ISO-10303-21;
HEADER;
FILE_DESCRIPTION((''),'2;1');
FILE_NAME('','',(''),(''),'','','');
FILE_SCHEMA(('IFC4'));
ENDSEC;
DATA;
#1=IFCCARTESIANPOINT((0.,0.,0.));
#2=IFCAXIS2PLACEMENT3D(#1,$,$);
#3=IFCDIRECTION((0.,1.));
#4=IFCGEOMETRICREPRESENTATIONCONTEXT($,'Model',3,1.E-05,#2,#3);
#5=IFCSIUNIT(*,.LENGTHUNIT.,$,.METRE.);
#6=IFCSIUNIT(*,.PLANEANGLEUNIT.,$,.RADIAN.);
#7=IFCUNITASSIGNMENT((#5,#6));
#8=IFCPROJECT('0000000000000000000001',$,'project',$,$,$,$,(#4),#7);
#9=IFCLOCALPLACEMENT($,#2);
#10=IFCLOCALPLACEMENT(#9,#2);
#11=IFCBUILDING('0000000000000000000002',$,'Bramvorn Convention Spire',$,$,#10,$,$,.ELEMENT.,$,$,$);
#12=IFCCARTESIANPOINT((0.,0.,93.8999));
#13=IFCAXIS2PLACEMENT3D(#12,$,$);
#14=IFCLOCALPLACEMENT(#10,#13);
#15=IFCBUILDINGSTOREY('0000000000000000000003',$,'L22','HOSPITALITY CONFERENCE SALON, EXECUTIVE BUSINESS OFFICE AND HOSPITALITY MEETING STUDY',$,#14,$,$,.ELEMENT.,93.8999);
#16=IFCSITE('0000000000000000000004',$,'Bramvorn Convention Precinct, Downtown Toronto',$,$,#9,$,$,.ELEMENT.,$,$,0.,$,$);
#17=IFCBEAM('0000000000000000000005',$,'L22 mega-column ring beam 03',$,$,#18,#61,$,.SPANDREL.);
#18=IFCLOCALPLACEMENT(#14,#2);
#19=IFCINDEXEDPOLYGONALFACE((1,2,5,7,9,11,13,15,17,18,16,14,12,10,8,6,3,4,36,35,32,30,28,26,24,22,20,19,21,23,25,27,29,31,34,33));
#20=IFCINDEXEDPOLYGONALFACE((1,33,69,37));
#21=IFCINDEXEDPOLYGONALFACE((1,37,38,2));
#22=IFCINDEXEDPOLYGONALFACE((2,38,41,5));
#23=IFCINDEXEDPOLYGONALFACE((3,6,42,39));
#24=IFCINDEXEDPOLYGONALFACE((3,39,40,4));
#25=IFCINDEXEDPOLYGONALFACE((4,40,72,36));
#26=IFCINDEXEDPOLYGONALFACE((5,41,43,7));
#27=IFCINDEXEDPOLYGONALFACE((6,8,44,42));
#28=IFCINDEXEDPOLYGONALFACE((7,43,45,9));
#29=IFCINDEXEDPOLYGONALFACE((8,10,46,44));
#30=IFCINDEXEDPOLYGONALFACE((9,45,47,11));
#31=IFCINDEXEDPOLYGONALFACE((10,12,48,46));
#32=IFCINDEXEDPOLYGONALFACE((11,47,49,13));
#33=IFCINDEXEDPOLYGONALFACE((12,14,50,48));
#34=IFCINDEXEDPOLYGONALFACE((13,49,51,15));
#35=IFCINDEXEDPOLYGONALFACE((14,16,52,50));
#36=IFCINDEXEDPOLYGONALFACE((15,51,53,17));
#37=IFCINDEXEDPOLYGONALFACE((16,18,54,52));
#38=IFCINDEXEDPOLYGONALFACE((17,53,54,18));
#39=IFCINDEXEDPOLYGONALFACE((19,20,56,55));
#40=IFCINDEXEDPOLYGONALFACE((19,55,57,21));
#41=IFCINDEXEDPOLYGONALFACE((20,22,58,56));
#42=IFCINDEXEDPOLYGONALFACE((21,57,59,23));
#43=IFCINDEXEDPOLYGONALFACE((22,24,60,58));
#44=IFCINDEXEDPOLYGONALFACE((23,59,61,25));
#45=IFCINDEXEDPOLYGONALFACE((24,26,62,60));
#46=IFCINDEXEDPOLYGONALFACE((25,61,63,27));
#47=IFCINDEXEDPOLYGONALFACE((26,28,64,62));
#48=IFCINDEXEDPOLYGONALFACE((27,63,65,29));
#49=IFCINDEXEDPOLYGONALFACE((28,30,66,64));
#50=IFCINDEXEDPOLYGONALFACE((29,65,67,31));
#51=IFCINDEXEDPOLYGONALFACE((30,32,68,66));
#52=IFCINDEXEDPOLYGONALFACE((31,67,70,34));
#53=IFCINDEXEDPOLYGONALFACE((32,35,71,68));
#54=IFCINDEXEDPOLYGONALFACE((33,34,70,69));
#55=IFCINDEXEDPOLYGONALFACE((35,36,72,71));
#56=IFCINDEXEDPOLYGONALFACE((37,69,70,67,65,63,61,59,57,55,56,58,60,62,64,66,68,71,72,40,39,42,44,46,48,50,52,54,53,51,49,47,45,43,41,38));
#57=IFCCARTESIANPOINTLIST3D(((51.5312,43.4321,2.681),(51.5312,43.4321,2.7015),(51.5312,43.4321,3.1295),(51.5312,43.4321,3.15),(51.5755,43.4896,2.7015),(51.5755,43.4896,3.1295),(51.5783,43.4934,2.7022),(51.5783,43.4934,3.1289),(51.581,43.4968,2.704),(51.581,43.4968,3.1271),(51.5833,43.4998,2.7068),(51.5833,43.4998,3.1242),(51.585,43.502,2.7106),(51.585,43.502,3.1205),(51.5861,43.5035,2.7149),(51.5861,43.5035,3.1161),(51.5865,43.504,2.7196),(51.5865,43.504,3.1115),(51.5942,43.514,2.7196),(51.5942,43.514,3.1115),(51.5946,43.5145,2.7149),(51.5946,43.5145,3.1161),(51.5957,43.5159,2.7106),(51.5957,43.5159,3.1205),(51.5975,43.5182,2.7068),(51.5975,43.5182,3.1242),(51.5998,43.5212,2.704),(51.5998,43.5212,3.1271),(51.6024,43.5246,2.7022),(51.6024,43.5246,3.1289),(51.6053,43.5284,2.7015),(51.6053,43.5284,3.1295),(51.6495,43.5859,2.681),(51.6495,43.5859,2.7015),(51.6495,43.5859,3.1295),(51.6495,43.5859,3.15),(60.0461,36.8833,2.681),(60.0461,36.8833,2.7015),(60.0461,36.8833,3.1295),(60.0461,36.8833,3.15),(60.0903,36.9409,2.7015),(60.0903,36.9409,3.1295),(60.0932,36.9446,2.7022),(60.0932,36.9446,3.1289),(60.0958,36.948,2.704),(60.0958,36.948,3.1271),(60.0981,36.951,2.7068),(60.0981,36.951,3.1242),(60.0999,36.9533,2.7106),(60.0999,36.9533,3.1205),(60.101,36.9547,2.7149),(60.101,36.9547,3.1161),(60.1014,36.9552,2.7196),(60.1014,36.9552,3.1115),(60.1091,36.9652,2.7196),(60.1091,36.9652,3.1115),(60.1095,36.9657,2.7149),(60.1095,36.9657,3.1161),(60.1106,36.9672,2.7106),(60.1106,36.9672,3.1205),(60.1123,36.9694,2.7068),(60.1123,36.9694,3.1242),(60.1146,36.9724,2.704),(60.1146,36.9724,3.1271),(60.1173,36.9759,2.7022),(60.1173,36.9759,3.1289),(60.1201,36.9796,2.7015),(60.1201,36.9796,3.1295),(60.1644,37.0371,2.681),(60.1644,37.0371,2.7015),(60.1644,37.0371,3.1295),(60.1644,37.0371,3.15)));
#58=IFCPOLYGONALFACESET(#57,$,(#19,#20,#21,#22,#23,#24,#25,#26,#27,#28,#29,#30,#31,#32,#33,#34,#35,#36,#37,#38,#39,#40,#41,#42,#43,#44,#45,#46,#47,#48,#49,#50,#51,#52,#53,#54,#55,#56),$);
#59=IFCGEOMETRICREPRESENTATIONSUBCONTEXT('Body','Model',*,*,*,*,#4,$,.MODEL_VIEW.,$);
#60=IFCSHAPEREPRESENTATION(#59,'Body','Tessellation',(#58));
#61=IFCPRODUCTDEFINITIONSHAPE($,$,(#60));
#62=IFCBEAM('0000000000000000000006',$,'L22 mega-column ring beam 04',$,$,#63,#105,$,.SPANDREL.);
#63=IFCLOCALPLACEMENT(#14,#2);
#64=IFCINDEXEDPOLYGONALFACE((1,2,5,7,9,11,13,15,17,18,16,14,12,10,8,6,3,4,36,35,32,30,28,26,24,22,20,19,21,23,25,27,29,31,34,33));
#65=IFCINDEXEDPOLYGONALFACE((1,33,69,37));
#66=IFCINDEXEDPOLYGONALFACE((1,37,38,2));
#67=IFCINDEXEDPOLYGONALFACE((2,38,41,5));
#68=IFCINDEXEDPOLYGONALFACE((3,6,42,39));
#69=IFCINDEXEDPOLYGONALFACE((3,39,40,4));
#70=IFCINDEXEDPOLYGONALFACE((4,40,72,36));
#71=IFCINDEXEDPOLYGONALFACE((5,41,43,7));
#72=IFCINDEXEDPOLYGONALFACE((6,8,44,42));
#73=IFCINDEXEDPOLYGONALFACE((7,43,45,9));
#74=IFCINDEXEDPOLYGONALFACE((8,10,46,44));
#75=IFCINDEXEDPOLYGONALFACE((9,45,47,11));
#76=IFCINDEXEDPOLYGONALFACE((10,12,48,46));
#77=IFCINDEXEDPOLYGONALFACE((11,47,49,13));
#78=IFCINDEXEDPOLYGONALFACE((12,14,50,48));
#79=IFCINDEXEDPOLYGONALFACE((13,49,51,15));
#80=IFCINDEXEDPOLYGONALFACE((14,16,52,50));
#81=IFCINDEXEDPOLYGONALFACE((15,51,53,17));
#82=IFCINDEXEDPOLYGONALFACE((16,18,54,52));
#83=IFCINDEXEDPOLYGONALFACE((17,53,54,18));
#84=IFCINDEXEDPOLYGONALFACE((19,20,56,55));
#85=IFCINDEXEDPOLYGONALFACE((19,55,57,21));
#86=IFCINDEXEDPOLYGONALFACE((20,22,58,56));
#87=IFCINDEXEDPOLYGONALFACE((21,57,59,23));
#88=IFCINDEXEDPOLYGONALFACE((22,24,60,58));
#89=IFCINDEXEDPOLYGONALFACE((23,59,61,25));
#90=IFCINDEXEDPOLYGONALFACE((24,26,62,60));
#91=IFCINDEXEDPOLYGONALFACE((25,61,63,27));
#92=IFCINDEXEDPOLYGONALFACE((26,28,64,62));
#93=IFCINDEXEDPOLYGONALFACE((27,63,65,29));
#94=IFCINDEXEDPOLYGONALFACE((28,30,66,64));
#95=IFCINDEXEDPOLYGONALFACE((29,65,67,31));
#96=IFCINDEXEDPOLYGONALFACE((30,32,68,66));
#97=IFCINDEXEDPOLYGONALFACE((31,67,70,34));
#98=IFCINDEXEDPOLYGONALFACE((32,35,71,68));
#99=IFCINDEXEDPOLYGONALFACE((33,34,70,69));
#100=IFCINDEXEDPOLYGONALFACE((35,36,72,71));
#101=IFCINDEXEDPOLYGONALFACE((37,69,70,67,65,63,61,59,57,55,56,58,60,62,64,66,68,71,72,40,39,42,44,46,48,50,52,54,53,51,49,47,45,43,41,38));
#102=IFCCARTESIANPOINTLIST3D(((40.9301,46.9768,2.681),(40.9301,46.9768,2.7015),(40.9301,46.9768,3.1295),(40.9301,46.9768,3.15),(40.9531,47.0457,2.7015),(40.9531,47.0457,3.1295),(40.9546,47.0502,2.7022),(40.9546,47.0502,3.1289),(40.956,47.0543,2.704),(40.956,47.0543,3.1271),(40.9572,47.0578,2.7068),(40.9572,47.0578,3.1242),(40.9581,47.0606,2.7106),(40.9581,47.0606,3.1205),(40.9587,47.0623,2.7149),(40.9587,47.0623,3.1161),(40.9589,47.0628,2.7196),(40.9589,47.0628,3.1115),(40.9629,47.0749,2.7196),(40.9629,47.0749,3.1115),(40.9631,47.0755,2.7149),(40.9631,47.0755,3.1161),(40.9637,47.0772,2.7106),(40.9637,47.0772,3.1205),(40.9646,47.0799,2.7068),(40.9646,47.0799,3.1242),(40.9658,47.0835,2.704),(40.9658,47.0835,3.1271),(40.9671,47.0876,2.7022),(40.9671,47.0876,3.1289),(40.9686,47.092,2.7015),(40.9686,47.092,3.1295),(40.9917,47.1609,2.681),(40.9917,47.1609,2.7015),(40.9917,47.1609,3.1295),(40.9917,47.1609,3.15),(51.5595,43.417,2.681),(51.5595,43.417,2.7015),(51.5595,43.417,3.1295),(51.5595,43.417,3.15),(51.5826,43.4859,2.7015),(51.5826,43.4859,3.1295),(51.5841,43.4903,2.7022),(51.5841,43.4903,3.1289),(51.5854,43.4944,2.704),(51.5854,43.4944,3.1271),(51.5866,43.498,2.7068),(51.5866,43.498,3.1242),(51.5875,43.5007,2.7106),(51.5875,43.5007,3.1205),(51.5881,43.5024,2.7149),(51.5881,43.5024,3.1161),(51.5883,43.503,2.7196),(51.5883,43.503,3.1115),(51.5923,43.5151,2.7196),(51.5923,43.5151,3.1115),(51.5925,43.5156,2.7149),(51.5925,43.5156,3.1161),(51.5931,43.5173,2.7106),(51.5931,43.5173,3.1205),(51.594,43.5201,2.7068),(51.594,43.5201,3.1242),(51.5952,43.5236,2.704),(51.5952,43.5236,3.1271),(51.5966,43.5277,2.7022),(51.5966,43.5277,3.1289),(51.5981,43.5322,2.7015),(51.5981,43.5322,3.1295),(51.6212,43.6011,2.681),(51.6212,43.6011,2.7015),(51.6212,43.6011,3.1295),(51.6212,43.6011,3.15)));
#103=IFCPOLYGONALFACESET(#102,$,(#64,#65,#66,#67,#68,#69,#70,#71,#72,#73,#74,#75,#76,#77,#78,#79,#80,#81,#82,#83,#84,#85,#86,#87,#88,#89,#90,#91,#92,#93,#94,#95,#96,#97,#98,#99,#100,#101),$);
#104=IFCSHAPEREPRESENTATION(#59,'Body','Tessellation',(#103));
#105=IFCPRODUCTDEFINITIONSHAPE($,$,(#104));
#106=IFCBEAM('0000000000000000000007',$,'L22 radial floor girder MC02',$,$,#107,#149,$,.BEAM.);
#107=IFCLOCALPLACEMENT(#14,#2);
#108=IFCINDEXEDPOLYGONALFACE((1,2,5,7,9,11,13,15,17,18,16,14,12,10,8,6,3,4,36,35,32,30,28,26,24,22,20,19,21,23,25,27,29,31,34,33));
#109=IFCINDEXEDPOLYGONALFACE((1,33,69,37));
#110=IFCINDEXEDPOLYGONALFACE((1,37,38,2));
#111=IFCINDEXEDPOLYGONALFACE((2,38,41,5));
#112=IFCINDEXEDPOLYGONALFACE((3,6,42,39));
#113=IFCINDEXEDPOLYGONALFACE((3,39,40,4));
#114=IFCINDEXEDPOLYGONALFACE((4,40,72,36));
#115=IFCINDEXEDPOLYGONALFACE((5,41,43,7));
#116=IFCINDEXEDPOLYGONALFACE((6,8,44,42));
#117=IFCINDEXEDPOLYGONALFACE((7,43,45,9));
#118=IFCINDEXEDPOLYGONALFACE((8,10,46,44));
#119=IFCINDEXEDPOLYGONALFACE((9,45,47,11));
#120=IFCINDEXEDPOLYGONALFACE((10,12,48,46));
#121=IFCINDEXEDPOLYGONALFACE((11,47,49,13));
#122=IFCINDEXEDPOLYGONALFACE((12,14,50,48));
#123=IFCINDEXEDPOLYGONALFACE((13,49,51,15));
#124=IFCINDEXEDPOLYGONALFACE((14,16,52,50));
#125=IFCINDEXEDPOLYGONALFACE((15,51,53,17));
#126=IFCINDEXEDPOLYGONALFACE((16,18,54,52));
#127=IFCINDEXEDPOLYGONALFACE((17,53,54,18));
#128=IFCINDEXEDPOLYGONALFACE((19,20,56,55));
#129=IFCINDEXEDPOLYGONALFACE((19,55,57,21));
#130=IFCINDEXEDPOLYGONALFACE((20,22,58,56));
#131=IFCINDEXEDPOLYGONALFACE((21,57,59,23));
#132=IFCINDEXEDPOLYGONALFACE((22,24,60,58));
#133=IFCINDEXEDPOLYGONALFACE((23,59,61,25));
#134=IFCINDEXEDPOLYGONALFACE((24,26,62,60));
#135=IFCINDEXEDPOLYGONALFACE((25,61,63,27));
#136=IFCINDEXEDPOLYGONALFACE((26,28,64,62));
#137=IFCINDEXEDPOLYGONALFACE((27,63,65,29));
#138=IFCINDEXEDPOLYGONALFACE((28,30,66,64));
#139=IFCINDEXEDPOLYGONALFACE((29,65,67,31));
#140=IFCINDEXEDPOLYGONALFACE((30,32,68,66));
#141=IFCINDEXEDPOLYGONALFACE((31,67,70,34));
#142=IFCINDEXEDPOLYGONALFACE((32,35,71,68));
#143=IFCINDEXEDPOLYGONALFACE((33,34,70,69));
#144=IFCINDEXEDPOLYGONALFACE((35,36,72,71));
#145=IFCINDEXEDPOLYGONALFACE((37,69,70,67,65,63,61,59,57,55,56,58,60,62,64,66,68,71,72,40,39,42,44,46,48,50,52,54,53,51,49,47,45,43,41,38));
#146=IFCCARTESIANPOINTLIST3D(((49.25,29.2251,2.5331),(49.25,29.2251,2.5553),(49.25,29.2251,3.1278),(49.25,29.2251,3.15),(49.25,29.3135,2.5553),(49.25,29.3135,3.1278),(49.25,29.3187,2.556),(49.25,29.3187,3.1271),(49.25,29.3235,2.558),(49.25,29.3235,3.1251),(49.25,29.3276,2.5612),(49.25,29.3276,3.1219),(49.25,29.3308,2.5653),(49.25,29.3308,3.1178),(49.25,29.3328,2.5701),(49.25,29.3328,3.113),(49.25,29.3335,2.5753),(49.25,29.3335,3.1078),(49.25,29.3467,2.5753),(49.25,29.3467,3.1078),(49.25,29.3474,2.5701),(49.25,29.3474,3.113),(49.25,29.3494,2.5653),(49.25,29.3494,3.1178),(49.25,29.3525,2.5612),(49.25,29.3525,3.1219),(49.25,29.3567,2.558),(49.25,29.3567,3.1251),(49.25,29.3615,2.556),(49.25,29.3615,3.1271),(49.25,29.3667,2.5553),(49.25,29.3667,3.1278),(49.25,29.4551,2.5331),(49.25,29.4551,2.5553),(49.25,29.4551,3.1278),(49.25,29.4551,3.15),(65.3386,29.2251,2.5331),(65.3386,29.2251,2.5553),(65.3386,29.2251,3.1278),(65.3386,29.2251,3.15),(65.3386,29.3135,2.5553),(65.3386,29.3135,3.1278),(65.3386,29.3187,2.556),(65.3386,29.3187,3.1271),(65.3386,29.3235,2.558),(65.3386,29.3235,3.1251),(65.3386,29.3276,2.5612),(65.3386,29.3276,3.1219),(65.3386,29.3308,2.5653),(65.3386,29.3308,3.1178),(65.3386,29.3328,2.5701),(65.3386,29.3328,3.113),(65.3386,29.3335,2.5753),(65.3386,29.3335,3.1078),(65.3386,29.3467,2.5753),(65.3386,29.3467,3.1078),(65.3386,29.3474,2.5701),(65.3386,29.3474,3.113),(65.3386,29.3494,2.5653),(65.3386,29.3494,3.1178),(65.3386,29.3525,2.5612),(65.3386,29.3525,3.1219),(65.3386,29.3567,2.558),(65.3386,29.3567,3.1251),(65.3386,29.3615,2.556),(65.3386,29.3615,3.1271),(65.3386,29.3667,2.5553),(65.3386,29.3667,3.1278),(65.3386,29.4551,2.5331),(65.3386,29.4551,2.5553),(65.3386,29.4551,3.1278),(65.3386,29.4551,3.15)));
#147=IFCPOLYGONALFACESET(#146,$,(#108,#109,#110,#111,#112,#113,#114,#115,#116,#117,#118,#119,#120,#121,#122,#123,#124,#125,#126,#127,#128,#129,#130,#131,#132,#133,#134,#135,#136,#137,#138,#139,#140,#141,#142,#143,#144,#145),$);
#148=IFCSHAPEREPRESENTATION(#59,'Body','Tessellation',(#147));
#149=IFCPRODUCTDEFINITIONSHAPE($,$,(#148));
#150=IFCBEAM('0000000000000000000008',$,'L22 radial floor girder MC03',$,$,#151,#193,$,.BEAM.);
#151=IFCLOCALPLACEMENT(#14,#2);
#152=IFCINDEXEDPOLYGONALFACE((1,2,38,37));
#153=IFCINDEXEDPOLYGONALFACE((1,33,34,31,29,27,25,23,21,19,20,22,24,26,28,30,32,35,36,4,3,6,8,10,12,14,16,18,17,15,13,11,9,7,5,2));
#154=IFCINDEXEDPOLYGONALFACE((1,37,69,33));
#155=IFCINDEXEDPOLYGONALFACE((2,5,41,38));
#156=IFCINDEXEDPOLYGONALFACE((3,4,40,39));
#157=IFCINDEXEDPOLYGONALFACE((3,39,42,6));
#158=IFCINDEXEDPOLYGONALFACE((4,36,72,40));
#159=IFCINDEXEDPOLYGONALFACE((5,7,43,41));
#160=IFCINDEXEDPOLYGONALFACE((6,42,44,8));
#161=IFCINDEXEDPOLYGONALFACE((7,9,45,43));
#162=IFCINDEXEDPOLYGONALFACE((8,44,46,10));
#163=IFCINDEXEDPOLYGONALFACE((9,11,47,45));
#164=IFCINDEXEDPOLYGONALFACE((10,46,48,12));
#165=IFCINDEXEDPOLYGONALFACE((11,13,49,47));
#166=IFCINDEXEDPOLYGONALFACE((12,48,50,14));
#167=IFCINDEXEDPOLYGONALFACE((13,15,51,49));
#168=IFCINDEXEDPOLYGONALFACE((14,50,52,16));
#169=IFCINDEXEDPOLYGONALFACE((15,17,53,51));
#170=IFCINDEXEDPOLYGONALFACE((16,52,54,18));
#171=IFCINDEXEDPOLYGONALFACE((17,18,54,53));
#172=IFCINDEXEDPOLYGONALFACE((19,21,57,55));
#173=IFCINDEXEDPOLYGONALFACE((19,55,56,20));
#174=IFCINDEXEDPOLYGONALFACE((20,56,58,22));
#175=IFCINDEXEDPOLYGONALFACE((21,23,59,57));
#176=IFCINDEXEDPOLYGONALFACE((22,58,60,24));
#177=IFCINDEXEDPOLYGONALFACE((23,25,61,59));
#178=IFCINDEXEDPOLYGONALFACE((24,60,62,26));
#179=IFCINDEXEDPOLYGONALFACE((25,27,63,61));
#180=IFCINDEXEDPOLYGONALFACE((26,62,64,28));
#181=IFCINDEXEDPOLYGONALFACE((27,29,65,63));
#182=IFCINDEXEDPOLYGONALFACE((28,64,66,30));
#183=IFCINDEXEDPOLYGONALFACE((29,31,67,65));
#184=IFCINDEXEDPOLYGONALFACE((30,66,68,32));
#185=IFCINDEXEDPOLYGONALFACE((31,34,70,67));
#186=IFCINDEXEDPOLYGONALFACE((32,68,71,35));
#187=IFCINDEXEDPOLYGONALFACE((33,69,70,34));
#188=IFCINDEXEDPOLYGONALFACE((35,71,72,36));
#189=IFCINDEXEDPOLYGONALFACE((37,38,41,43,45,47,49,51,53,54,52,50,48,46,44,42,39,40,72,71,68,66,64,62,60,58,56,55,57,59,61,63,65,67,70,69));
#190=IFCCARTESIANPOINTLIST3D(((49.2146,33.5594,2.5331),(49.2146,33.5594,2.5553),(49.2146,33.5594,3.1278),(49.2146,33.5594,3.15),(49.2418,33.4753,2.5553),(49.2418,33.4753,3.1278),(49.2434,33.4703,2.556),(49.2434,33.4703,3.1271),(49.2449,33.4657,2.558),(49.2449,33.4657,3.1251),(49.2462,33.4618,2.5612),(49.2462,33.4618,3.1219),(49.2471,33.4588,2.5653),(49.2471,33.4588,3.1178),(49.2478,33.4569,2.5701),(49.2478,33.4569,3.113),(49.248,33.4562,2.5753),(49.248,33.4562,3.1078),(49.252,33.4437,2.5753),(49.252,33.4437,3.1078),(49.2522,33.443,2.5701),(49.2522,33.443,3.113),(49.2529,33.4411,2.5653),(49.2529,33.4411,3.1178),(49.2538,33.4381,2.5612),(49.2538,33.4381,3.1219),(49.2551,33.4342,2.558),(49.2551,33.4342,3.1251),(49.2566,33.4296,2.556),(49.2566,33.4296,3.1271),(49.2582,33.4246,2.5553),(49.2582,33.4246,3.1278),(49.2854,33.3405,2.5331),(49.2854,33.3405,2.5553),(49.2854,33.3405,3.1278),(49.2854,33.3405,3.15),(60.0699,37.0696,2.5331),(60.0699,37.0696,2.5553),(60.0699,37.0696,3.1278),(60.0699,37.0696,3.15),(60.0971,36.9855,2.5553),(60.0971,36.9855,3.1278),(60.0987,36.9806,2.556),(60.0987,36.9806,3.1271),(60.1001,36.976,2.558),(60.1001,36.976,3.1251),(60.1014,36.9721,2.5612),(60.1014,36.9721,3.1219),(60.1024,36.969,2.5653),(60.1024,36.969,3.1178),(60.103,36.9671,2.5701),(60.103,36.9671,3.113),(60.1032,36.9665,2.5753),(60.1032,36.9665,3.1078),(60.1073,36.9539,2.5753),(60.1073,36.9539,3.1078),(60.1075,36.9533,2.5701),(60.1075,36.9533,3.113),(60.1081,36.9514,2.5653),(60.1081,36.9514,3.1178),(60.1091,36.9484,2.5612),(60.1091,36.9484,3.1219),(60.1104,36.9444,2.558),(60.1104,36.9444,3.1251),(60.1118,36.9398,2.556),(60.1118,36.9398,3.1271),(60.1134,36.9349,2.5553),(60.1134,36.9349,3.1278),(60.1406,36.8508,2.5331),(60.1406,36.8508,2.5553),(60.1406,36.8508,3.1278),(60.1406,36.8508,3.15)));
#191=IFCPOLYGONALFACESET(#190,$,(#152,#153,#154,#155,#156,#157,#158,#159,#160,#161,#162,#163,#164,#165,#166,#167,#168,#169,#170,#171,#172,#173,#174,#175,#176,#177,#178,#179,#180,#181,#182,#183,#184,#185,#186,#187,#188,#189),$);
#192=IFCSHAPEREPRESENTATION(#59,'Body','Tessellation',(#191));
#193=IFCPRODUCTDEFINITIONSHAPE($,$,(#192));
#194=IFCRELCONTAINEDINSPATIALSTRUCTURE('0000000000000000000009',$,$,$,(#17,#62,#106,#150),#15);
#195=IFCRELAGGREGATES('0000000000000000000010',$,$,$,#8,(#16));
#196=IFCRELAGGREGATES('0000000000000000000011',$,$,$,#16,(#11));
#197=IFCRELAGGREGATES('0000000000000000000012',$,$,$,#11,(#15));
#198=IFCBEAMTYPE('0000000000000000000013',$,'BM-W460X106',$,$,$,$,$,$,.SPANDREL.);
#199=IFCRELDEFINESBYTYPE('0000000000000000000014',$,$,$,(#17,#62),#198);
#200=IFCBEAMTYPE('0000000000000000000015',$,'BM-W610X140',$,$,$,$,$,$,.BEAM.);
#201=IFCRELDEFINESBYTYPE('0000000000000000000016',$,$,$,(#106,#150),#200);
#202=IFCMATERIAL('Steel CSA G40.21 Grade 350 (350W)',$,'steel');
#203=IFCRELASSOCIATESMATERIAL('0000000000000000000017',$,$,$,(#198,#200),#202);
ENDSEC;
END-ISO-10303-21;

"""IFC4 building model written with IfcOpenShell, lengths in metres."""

from ifc_helpers import new_model, si_unit, direction, frame, origin, origin_2d, place, context, subcontext, project, spatial, i_section, extrude, material, material_profile, profile_set, type_object, element, save


model = new_model("IFC4")

# Units and contexts
model_context = context("Model", 3, precision=1e-05, world=origin(), true_north=direction((0.0, 1.0)))
body_context = subcontext(model_context, "Body", "Model", "MODEL_VIEW")
ifc_project = project(units=[si_unit("LENGTHUNIT", "METRE"), si_unit("PLANEANGLEUNIT", "RADIAN")], contexts=[model_context])

# Site, building, storey
site_placement = place(None, origin())
site = spatial("IfcSite", under=ifc_project, at=site_placement, Name="Bramvorn Convention Precinct, Downtown Toronto", CompositionType="ELEMENT", RefElevation=0.0)
building_placement = place(site_placement, origin())
building = spatial("IfcBuilding", under=site, at=building_placement, Name="Bramvorn Convention Spire", CompositionType="ELEMENT")
storey_placement = place(building_placement, frame((0.0, 0.0, 93.8999)))
storey = spatial("IfcBuildingStorey", under=building, at=storey_placement, Name="L22", Description="HOSPITALITY CONFERENCE SALON, EXECUTIVE BUSINESS OFFICE AND HOSPITALITY MEETING STUDY", CompositionType="ELEMENT", Elevation=93.8999)

# Shared definitions
ifc_material_1 = material(Name="Steel CSA G40.21 Grade 350 (350W)", Category="steel")

# Beams
ifc_material_profile_1 = material_profile(ifc_material_1, i_section(OverallWidth=0.1941, OverallDepth=0.469, WebThickness=0.0127, FlangeThickness=0.0205, FilletRadius=0.0181, at=origin_2d()))
ifc_profile_set_1 = profile_set([ifc_material_profile_1], Name="Steel CSA G40.21 Grade 350 (350W) - W460X106")
beam_type_1 = type_object("IfcBeamType", Name="BM-W460X106", PredefinedType="SPANDREL", material=ifc_profile_set_1)
beam_1_placement = place(storey_placement, frame((60.1052, 36.9602, 2.9155), z_axis=(-0.792673, 0.609647, 0.0), x_axis=(-0.609647, -0.792673, 0.0)))
element("IfcBeam", 1, at=beam_1_placement, inside=storey, type_object=beam_type_1, Name="L22 mega-column ring beam 03", PredefinedType="SPANDREL", context=body_context, shape_type="SweptSolid", body=[
    extrude(i_section(OverallWidth=0.1941, OverallDepth=0.469, WebThickness=0.0127, FlangeThickness=0.0205, FilletRadius=0.0181, at=origin_2d()), origin(), (0.0, 0.0, 1.0), 10.7419),
])
beam_2_placement = place(storey_placement, frame((51.5903, 43.509, 2.9155), z_axis=(-0.948236, 0.317567, 0.0), x_axis=(-0.317567, -0.948236, 0.0)))
element("IfcBeam", 2, at=beam_2_placement, inside=storey, type_object=beam_type_1, Name="L22 mega-column ring beam 04", PredefinedType="SPANDREL", context=body_context, shape_type="SweptSolid", body=[
    extrude(i_section(OverallWidth=0.1941, OverallDepth=0.469, WebThickness=0.0127, FlangeThickness=0.0205, FilletRadius=0.0181, at=origin_2d()), origin(), (0.0, 0.0, 1.0), 11.2097),
])
ifc_material_profile_2 = material_profile(ifc_material_1, i_section(OverallWidth=0.23, OverallDepth=0.6169, WebThickness=0.0132, FlangeThickness=0.0222, FilletRadius=0.02, at=origin_2d()))
ifc_profile_set_2 = profile_set([ifc_material_profile_2], Name="Steel CSA G40.21 Grade 350 (350W) - W610X140")
beam_type_2 = type_object("IfcBeamType", Name="BM-W610X140", PredefinedType="BEAM", material=ifc_profile_set_2)
beam_3_placement = place(storey_placement, frame((49.25, 29.3401, 2.8416), z_axis=(1.0, 0.0, 0.0), x_axis=(0.0, 1.0, 0.0)))
element("IfcBeam", 3, at=beam_3_placement, inside=storey, type_object=beam_type_2, Name="L22 radial floor girder MC02", PredefinedType="BEAM", context=body_context, shape_type="SweptSolid", body=[
    extrude(i_section(OverallWidth=0.23, OverallDepth=0.6169, WebThickness=0.0132, FlangeThickness=0.0222, FilletRadius=0.02, at=origin_2d()), origin(), (0.0, 0.0, 1.0), 16.0886),
])
beam_4_placement = place(storey_placement, frame((49.25, 33.45, 2.8416), z_axis=(0.951489, 0.307683, 0.0), x_axis=(-0.307683, 0.951489, 0.0)))
element("IfcBeam", 4, at=beam_4_placement, inside=storey, type_object=beam_type_2, Name="L22 radial floor girder MC03", PredefinedType="BEAM", context=body_context, shape_type="SweptSolid", body=[
    extrude(i_section(OverallWidth=0.23, OverallDepth=0.6169, WebThickness=0.0132, FlangeThickness=0.0222, FilletRadius=0.02, at=origin_2d()), origin(), (0.0, 0.0, 1.0), 11.4087),
])

save(model, "model.ifc")
